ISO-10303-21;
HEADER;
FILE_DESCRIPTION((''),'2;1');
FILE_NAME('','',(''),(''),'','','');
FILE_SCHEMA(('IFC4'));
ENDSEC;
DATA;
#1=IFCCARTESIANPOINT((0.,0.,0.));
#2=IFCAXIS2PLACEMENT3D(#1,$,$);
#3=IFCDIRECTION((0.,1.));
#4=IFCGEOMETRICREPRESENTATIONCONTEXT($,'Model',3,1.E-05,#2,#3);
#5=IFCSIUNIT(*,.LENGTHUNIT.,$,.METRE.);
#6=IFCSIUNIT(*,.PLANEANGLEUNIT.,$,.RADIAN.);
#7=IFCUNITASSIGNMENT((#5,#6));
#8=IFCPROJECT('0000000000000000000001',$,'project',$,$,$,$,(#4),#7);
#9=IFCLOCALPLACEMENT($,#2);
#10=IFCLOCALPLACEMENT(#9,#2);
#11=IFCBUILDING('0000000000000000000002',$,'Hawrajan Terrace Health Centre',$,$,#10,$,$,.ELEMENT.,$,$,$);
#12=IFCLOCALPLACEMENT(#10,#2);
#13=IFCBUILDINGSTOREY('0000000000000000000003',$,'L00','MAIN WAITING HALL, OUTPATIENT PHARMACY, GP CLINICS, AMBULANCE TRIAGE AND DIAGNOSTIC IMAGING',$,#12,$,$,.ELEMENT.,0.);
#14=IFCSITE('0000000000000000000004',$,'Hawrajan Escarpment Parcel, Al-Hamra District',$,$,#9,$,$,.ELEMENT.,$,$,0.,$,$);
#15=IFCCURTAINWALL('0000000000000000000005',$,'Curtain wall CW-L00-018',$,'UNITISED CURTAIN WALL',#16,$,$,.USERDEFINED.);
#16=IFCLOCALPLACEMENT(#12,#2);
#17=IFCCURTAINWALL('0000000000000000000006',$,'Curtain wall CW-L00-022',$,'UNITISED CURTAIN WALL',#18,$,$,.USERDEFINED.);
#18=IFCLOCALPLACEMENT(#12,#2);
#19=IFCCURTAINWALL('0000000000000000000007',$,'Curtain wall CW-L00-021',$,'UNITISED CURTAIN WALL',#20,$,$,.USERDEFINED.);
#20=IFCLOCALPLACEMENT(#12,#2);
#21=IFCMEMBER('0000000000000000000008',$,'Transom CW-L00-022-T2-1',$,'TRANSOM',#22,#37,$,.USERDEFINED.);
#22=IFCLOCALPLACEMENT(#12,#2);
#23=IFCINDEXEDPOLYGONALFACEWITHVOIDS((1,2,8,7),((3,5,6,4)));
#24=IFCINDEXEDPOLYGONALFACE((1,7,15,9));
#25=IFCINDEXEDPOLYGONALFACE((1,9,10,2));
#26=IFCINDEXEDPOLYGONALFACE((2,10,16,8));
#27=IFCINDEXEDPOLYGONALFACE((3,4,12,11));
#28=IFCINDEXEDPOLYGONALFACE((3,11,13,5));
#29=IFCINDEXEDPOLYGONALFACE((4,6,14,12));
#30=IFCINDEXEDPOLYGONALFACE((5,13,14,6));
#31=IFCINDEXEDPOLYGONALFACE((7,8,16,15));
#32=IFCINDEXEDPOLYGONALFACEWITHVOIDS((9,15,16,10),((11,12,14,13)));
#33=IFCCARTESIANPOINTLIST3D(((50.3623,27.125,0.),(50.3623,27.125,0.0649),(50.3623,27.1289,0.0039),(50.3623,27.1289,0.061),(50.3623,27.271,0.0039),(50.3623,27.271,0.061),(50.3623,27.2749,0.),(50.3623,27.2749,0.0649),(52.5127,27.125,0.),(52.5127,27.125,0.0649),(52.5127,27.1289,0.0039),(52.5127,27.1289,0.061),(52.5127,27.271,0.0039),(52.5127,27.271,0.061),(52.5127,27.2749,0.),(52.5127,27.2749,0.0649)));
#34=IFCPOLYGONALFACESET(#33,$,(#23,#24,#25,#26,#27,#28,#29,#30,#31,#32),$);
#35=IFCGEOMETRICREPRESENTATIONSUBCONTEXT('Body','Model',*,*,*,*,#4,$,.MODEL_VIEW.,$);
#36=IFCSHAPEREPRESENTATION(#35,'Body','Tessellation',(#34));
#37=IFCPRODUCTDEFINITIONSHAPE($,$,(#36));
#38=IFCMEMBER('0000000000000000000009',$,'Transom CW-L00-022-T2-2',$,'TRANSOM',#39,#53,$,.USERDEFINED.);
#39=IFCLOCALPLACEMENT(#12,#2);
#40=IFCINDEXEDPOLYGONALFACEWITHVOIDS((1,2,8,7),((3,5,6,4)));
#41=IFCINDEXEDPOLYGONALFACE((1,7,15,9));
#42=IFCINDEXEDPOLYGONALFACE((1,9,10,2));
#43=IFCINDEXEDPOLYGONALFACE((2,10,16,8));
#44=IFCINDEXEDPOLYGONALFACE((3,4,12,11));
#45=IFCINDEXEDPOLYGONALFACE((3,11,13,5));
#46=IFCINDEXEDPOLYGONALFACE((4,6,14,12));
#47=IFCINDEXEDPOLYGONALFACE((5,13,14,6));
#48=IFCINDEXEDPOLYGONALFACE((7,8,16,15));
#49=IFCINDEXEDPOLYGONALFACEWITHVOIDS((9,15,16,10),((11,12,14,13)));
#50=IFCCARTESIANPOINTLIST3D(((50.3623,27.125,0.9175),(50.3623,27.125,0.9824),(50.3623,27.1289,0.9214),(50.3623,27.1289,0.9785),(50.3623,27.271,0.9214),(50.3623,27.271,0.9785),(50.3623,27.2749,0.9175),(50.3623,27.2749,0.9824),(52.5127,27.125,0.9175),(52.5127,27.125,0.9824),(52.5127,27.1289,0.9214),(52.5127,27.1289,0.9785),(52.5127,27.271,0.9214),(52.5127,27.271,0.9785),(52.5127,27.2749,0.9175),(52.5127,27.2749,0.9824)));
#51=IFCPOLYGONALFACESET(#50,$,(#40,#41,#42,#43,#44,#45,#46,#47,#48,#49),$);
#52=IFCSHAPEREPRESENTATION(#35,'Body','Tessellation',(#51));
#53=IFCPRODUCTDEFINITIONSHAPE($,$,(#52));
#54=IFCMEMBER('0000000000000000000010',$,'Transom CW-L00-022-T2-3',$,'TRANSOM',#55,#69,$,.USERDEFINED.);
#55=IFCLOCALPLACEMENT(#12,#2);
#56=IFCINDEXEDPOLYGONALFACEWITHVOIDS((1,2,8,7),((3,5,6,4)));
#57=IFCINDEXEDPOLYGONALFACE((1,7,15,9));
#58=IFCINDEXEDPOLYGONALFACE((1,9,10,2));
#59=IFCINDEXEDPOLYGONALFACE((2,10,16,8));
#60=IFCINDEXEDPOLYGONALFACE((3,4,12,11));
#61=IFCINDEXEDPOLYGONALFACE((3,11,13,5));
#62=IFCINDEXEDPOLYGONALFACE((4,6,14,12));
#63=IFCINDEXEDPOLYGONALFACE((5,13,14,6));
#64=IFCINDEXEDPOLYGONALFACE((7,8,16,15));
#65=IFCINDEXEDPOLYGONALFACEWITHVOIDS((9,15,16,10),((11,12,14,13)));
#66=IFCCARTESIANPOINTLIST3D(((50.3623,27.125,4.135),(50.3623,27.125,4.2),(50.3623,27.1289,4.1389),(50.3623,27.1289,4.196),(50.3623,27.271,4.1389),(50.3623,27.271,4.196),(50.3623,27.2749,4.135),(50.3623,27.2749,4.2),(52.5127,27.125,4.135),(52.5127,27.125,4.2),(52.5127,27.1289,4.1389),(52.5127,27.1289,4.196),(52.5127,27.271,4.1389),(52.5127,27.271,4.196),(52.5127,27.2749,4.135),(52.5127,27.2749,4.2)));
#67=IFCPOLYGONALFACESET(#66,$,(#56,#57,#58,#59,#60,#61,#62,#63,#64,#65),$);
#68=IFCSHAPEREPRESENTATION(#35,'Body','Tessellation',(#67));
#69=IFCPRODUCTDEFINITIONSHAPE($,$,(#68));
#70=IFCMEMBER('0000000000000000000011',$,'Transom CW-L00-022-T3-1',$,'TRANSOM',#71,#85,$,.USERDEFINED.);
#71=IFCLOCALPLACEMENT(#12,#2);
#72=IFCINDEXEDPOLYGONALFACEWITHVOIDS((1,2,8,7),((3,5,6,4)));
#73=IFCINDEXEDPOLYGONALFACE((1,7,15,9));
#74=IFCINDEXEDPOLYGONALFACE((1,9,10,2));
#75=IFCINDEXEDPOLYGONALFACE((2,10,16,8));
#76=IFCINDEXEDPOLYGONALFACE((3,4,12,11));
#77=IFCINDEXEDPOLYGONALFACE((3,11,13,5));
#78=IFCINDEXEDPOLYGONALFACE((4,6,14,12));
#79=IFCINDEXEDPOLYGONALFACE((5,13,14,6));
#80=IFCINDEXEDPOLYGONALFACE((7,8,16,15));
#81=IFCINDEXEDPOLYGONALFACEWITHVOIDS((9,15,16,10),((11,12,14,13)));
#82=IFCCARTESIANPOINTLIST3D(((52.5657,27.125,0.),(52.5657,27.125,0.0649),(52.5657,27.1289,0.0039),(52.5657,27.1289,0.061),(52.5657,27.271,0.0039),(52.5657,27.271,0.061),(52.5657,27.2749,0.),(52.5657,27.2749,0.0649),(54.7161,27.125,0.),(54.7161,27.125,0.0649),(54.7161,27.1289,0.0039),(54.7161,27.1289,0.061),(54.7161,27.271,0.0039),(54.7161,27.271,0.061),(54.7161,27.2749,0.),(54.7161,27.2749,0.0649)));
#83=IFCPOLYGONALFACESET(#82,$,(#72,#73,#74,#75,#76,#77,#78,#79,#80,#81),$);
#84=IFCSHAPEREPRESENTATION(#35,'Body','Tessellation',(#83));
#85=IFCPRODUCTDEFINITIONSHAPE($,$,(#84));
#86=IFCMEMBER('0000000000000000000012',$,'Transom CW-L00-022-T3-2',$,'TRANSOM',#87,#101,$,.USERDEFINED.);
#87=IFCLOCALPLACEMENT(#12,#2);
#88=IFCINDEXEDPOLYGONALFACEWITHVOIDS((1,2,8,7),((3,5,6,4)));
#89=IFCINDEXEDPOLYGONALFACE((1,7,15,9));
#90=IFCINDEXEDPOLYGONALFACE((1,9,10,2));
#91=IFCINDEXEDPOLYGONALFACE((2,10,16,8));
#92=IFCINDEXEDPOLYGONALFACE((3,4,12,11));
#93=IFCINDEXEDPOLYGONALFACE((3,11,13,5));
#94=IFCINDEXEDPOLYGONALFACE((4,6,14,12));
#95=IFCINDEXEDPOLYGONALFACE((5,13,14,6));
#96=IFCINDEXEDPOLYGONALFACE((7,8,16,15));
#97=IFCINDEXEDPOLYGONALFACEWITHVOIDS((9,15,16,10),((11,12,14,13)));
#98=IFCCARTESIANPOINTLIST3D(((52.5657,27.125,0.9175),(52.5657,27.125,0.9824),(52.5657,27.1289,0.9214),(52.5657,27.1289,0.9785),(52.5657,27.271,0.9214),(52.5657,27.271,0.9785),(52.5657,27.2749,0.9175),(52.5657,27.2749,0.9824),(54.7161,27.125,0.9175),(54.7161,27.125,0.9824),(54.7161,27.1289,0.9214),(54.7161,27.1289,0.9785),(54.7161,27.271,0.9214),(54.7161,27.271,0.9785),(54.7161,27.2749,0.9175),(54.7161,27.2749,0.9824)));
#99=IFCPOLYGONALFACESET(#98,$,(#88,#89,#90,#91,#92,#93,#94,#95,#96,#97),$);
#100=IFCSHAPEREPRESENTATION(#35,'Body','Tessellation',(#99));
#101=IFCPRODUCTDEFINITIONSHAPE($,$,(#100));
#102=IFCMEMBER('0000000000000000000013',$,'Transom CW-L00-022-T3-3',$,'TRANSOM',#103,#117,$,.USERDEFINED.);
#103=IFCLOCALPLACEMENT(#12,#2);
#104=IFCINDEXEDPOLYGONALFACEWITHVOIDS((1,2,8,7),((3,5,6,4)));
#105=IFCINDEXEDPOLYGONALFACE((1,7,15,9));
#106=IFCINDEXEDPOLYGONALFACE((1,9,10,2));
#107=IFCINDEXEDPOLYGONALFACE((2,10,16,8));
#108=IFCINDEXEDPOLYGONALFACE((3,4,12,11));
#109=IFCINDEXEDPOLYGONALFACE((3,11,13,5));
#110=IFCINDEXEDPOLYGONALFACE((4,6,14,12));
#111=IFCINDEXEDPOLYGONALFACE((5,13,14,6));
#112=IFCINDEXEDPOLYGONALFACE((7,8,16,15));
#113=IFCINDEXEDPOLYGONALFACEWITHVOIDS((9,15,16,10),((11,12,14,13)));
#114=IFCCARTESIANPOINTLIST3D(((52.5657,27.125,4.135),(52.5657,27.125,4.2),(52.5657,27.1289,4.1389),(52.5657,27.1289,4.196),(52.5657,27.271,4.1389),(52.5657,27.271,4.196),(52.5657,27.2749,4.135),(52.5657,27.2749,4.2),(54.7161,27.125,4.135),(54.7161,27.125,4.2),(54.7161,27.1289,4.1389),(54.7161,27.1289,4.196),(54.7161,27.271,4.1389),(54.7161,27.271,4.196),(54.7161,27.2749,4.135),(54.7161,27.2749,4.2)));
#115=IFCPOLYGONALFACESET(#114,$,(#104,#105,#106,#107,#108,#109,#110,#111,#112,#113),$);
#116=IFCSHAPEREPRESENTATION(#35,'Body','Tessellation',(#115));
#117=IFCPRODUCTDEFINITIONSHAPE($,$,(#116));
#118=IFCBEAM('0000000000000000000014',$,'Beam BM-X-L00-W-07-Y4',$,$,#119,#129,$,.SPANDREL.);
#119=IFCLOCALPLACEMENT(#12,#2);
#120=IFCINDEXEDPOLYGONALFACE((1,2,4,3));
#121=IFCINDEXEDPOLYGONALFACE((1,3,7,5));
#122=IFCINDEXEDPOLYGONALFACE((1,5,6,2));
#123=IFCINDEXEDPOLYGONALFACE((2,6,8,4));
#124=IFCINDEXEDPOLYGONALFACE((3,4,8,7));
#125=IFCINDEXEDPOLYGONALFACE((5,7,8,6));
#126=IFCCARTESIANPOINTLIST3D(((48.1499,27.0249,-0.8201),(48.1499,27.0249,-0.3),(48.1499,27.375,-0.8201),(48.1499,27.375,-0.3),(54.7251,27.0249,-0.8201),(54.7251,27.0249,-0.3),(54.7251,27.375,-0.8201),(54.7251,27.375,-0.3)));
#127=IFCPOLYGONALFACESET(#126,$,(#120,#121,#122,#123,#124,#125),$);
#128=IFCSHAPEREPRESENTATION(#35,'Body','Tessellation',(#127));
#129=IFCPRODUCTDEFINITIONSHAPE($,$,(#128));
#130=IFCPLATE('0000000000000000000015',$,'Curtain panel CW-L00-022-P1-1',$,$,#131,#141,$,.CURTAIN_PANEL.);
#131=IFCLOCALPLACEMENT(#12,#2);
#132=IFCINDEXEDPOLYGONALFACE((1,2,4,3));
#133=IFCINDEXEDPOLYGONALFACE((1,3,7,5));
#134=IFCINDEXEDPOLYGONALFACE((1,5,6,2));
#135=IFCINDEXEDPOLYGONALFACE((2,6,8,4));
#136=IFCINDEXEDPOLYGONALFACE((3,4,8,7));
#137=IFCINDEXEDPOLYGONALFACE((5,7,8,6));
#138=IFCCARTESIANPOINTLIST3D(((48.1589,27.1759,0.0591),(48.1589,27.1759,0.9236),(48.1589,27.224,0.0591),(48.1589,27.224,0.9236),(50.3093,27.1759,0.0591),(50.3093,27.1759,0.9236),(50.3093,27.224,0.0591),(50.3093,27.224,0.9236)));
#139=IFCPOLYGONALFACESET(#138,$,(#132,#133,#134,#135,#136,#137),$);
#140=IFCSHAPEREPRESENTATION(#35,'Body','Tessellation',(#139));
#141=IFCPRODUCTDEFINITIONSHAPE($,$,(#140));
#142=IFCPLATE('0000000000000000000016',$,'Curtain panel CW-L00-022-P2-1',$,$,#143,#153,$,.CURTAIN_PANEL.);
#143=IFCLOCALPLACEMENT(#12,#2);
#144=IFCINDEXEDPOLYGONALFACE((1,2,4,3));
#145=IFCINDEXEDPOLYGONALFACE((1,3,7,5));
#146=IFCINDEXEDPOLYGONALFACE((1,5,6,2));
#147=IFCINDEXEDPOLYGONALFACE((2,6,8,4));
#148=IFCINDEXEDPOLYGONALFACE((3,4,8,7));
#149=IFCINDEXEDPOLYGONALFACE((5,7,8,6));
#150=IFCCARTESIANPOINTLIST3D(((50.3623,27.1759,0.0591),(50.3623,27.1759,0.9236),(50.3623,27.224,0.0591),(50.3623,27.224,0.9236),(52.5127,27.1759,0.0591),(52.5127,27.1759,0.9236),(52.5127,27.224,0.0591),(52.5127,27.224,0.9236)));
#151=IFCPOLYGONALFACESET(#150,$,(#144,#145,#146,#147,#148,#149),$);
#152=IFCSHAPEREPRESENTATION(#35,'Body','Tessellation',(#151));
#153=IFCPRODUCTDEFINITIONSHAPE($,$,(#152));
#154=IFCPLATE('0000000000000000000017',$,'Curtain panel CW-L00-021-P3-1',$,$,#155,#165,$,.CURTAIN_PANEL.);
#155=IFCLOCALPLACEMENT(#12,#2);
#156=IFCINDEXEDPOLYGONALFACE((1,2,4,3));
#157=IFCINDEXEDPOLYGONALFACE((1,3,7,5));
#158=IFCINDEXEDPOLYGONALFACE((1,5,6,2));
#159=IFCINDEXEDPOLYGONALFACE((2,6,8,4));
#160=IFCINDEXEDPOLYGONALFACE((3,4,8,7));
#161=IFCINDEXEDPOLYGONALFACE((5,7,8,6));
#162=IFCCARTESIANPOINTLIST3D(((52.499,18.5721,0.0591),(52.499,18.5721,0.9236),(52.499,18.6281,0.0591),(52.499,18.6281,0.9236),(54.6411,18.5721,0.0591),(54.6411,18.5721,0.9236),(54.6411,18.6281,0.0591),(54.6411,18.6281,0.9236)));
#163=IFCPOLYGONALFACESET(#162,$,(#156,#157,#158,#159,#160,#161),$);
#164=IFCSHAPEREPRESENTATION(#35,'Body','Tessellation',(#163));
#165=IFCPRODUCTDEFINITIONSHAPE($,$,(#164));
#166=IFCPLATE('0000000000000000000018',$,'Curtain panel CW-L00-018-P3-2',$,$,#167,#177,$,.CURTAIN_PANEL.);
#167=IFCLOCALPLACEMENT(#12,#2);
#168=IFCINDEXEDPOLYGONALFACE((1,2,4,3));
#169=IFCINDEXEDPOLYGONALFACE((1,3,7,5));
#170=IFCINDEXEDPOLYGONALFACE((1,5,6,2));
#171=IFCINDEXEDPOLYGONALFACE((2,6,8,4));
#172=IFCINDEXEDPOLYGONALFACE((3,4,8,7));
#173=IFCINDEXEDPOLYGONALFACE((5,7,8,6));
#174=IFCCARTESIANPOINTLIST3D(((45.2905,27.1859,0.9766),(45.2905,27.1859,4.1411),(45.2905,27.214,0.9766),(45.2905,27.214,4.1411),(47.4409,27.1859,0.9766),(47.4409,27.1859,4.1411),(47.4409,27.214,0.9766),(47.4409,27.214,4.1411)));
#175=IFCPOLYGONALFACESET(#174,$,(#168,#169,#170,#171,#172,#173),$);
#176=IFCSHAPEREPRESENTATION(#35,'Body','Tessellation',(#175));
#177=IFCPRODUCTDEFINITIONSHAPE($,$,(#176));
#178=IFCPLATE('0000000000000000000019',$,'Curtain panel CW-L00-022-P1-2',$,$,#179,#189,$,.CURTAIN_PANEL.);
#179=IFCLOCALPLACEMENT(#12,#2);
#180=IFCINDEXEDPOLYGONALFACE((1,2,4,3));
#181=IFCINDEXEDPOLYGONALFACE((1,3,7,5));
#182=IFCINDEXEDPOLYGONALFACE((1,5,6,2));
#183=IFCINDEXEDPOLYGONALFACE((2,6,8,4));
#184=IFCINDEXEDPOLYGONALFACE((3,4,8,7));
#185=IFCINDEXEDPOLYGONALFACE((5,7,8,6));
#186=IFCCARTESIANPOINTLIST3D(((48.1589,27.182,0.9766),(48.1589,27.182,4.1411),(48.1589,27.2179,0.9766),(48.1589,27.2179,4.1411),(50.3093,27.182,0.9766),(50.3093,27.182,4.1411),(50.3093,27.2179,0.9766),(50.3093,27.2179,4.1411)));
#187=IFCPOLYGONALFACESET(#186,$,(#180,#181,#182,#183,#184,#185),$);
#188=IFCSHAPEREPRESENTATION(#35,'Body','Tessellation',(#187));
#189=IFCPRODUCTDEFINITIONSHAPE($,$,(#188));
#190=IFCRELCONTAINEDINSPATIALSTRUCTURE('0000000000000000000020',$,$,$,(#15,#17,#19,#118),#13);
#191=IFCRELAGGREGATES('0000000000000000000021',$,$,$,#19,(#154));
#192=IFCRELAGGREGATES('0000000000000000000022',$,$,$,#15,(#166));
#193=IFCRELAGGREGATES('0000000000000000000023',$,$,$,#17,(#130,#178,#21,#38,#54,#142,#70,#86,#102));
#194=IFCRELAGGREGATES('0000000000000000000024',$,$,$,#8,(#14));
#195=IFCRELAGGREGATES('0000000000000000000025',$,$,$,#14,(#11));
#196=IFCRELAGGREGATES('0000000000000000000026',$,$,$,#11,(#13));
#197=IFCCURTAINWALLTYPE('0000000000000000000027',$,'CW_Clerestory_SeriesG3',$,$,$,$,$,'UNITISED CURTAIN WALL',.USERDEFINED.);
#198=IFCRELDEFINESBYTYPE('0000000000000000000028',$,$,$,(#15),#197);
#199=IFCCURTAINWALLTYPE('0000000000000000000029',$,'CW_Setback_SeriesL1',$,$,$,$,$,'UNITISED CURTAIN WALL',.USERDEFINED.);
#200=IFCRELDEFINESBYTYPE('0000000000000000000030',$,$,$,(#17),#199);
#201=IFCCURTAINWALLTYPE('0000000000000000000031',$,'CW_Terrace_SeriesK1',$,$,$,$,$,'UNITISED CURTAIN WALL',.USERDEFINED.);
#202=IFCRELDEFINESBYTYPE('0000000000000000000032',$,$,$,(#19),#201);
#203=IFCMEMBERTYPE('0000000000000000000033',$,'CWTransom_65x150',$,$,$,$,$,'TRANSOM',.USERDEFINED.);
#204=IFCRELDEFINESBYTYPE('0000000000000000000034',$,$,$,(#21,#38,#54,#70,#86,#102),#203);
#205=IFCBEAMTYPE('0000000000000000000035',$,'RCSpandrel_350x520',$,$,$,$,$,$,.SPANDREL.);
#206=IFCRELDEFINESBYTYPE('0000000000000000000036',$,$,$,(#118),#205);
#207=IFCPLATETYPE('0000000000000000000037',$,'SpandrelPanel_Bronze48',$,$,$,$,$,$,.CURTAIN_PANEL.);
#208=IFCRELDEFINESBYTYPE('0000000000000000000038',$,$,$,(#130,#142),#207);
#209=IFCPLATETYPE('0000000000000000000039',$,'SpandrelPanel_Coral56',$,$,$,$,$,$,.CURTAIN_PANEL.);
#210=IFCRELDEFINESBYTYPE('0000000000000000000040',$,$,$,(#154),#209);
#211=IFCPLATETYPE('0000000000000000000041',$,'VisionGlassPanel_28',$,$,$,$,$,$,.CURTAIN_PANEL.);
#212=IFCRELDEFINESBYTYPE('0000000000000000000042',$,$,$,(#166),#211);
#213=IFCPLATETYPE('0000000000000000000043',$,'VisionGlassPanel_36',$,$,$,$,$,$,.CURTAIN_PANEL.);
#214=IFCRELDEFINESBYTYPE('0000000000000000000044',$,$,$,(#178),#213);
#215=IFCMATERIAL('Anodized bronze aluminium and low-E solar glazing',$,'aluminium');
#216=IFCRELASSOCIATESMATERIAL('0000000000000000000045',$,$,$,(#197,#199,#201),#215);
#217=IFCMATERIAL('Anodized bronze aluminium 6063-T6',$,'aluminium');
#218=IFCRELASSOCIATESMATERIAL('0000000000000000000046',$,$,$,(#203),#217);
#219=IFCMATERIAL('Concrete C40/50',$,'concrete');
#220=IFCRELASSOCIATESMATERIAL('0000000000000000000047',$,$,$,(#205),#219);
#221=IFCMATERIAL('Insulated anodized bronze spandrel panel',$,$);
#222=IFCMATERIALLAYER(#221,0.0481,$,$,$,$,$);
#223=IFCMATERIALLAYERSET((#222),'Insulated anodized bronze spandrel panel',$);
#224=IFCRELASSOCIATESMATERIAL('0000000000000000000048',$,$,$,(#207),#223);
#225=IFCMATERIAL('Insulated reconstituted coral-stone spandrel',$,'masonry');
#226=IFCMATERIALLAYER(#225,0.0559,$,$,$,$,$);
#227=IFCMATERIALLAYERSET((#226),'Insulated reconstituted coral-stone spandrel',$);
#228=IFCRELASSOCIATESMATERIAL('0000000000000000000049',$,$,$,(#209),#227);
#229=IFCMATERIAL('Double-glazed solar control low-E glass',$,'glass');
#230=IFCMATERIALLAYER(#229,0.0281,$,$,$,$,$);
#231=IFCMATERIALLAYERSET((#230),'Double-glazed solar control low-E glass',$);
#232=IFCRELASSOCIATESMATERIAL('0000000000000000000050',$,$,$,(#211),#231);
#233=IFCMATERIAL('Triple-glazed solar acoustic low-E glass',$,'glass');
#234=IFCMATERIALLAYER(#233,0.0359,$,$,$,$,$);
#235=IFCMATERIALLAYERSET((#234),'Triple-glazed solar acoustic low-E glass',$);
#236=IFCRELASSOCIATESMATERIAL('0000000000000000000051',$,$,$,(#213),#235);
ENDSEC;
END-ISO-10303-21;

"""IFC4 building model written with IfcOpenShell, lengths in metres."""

from ifc_helpers import new_model, si_unit, direction, frame, origin, origin_2d, place, context, subcontext, project, spatial, rectangle, hollow_rectangle, extrude, material, layer, layer_set, material_profile, profile_set, type_object, element, aggregate, save


model = new_model("IFC4")

# Units and contexts
model_context = context("Model", 3, precision=1e-05, world=origin(), true_north=direction((0.0, 1.0)))
body_context = subcontext(model_context, "Body", "Model", "MODEL_VIEW")
ifc_project = project(units=[si_unit("LENGTHUNIT", "METRE"), si_unit("PLANEANGLEUNIT", "RADIAN")], contexts=[model_context])

# Site, building, storey
site_placement = place(None, origin())
site = spatial("IfcSite", under=ifc_project, at=site_placement, Name="Hawrajan Escarpment Parcel, Al-Hamra District", CompositionType="ELEMENT", RefElevation=0.0)
building_placement = place(site_placement, origin())
building = spatial("IfcBuilding", under=site, at=building_placement, Name="Hawrajan Terrace Health Centre", CompositionType="ELEMENT")
storey_placement = place(building_placement, origin())
storey = spatial("IfcBuildingStorey", under=building, at=storey_placement, Name="L00", Description="MAIN WAITING HALL, OUTPATIENT PHARMACY, GP CLINICS, AMBULANCE TRIAGE AND DIAGNOSTIC IMAGING", CompositionType="ELEMENT", Elevation=0.0)

# Shared definitions
ifc_material_1 = material(Name="Concrete C40/50", Category="concrete")

# Curtain wall
ifc_material_2 = material(Name="Anodized bronze aluminium and low-E solar glazing", Category="aluminium")
curtain_wall_type_1 = type_object("IfcCurtainWallType", Name="CW_Clerestory_SeriesG3", ElementType="UNITISED CURTAIN WALL", PredefinedType="USERDEFINED", material=ifc_material_2)
curtain_wall_1_placement = place(storey_placement, origin())
curtain_wall_1 = element("IfcCurtainWall", 1, at=curtain_wall_1_placement, inside=storey, type_object=curtain_wall_type_1, Name="Curtain wall CW-L00-018", ObjectType="UNITISED CURTAIN WALL", PredefinedType="USERDEFINED")
ifc_material_3 = material(Name="Anodized bronze aluminium 6063-T6", Category="aluminium")

# Curtain walls
curtain_wall_type_2 = type_object("IfcCurtainWallType", Name="CW_Setback_SeriesL1", ElementType="UNITISED CURTAIN WALL", PredefinedType="USERDEFINED", material=ifc_material_2)
curtain_wall_2_placement = place(storey_placement, origin())
curtain_wall_2 = element("IfcCurtainWall", 2, at=curtain_wall_2_placement, inside=storey, type_object=curtain_wall_type_2, Name="Curtain wall CW-L00-022", ObjectType="UNITISED CURTAIN WALL", PredefinedType="USERDEFINED")
curtain_wall_type_3 = type_object("IfcCurtainWallType", Name="CW_Terrace_SeriesK1", ElementType="UNITISED CURTAIN WALL", PredefinedType="USERDEFINED", material=ifc_material_2)
curtain_wall_3_placement = place(storey_placement, origin())
curtain_wall_3 = element("IfcCurtainWall", 3, at=curtain_wall_3_placement, inside=storey, type_object=curtain_wall_type_3, Name="Curtain wall CW-L00-021", ObjectType="UNITISED CURTAIN WALL", PredefinedType="USERDEFINED")

# Members
ifc_material_profile_1 = material_profile(ifc_material_3, hollow_rectangle(XDim=0.0649, YDim=0.1499, WallThickness=0.0039, at=origin_2d()), Name="CW TRN 65x150")
ifc_profile_set_1 = profile_set([ifc_material_profile_1], Name="Anodized bronze aluminium 6063-T6")
member_type_1 = type_object("IfcMemberType", Name="CWTransom_65x150", ElementType="TRANSOM", PredefinedType="USERDEFINED", material=ifc_profile_set_1)
member_1_placement = place(storey_placement, frame((50.3623, 27.2, 0.0325), z_axis=(1.0, 0.0, 0.0), x_axis=(0.0, 0.0, 1.0)))
member_1 = element("IfcMember", 4, at=member_1_placement, type_object=member_type_1, Name="Transom CW-L00-022-T2-1", ObjectType="TRANSOM", PredefinedType="USERDEFINED", context=body_context, shape_type="SweptSolid", body=[
    extrude(hollow_rectangle(XDim=0.0649, YDim=0.1499, WallThickness=0.0039, at=origin_2d()), origin(), (0.0, 0.0, 1.0), 2.1504),
])
member_2_placement = place(storey_placement, frame((50.3623, 27.2, 0.95), z_axis=(1.0, 0.0, 0.0), x_axis=(0.0, 0.0, 1.0)))
member_2 = element("IfcMember", 5, at=member_2_placement, type_object=member_type_1, Name="Transom CW-L00-022-T2-2", ObjectType="TRANSOM", PredefinedType="USERDEFINED", context=body_context, shape_type="SweptSolid", body=[
    extrude(hollow_rectangle(XDim=0.0649, YDim=0.1499, WallThickness=0.0039, at=origin_2d()), origin(), (0.0, 0.0, 1.0), 2.1504),
])
member_3_placement = place(storey_placement, frame((50.3623, 27.2, 4.1675), z_axis=(1.0, 0.0, 0.0), x_axis=(0.0, 0.0, 1.0)))
member_3 = element("IfcMember", 6, at=member_3_placement, type_object=member_type_1, Name="Transom CW-L00-022-T2-3", ObjectType="TRANSOM", PredefinedType="USERDEFINED", context=body_context, shape_type="SweptSolid", body=[
    extrude(hollow_rectangle(XDim=0.0649, YDim=0.1499, WallThickness=0.0039, at=origin_2d()), origin(), (0.0, 0.0, 1.0), 2.1504),
])
member_4_placement = place(storey_placement, frame((52.5657, 27.2, 0.0325), z_axis=(1.0, 0.0, 0.0), x_axis=(0.0, 0.0, 1.0)))
member_4 = element("IfcMember", 7, at=member_4_placement, type_object=member_type_1, Name="Transom CW-L00-022-T3-1", ObjectType="TRANSOM", PredefinedType="USERDEFINED", context=body_context, shape_type="SweptSolid", body=[
    extrude(hollow_rectangle(XDim=0.0649, YDim=0.1499, WallThickness=0.0039, at=origin_2d()), origin(), (0.0, 0.0, 1.0), 2.1504),
])
member_5_placement = place(storey_placement, frame((52.5657, 27.2, 0.95), z_axis=(1.0, 0.0, 0.0), x_axis=(0.0, 0.0, 1.0)))
member_5 = element("IfcMember", 8, at=member_5_placement, type_object=member_type_1, Name="Transom CW-L00-022-T3-2", ObjectType="TRANSOM", PredefinedType="USERDEFINED", context=body_context, shape_type="SweptSolid", body=[
    extrude(hollow_rectangle(XDim=0.0649, YDim=0.1499, WallThickness=0.0039, at=origin_2d()), origin(), (0.0, 0.0, 1.0), 2.1504),
])
member_6_placement = place(storey_placement, frame((52.5657, 27.2, 4.1675), z_axis=(1.0, 0.0, 0.0), x_axis=(0.0, 0.0, 1.0)))
member_6 = element("IfcMember", 9, at=member_6_placement, type_object=member_type_1, Name="Transom CW-L00-022-T3-3", ObjectType="TRANSOM", PredefinedType="USERDEFINED", context=body_context, shape_type="SweptSolid", body=[
    extrude(hollow_rectangle(XDim=0.0649, YDim=0.1499, WallThickness=0.0039, at=origin_2d()), origin(), (0.0, 0.0, 1.0), 2.1504),
])

# Beam
ifc_material_profile_2 = material_profile(ifc_material_1, rectangle(XDim=0.3501, YDim=0.52, at=origin_2d()), Name="RC SP 350x520")
ifc_profile_set_2 = profile_set([ifc_material_profile_2], Name="Concrete C40/50")
beam_type = type_object("IfcBeamType", Name="RCSpandrel_350x520", PredefinedType="SPANDREL", material=ifc_profile_set_2)
beam_placement = place(storey_placement, frame((48.1499, 27.2, -0.5601), z_axis=(1.0, 0.0, 0.0), x_axis=(0.0, 1.0, 0.0)))
element("IfcBeam", 10, at=beam_placement, inside=storey, type_object=beam_type, Name="Beam BM-X-L00-W-07-Y4", PredefinedType="SPANDREL", context=body_context, shape_type="SweptSolid", body=[
    extrude(rectangle(XDim=0.3501, YDim=0.52, at=origin_2d()), origin(), (0.0, 0.0, 1.0), 6.5752),
])

# Plates
ifc_material_4 = material(Name="Insulated anodized bronze spandrel panel")
ifc_layer_1 = layer(ifc_material_4, 0.0481)
ifc_layer_set_1 = layer_set([ifc_layer_1], Name="Insulated anodized bronze spandrel panel")
plate_type_1 = type_object("IfcPlateType", Name="SpandrelPanel_Bronze48", PredefinedType="CURTAIN_PANEL", material=ifc_layer_set_1)
plate_1_placement = place(storey_placement, frame((49.2341, 27.2, 0.0591), z_axis=(0.0, 0.0, 1.0), x_axis=(1.0, 0.0, 0.0)))
plate_1 = element("IfcPlate", 11, at=plate_1_placement, type_object=plate_type_1, Name="Curtain panel CW-L00-022-P1-1", PredefinedType="CURTAIN_PANEL", context=body_context, shape_type="SweptSolid", body=[
    extrude(rectangle(XDim=2.1504, YDim=0.0481, at=origin_2d()), origin(), (0.0, 0.0, 1.0), 0.8645),
])
plate_2_placement = place(storey_placement, frame((51.4375, 27.2, 0.0591), z_axis=(0.0, 0.0, 1.0), x_axis=(1.0, 0.0, 0.0)))
plate_2 = element("IfcPlate", 12, at=plate_2_placement, type_object=plate_type_1, Name="Curtain panel CW-L00-022-P2-1", PredefinedType="CURTAIN_PANEL", context=body_context, shape_type="SweptSolid", body=[
    extrude(rectangle(XDim=2.1504, YDim=0.0481, at=origin_2d()), origin(), (0.0, 0.0, 1.0), 0.8645),
])
ifc_material_5 = material(Name="Insulated reconstituted coral-stone spandrel", Category="masonry")
ifc_layer_2 = layer(ifc_material_5, 0.0559)
ifc_layer_set_2 = layer_set([ifc_layer_2], Name="Insulated reconstituted coral-stone spandrel")
plate_type_2 = type_object("IfcPlateType", Name="SpandrelPanel_Coral56", PredefinedType="CURTAIN_PANEL", material=ifc_layer_set_2)
plate_3_placement = place(storey_placement, frame((53.5701, 18.6001, 0.0591), z_axis=(0.0, 0.0, 1.0), x_axis=(1.0, 0.0, 0.0)))
plate_3 = element("IfcPlate", 13, at=plate_3_placement, type_object=plate_type_2, Name="Curtain panel CW-L00-021-P3-1", PredefinedType="CURTAIN_PANEL", context=body_context, shape_type="SweptSolid", body=[
    extrude(rectangle(XDim=2.1421, YDim=0.0559, at=origin_2d()), origin(), (0.0, 0.0, 1.0), 0.8645),
])
aggregate(curtain_wall_3, [plate_3])
ifc_material_6 = material(Name="Double-glazed solar control low-E glass", Category="glass")
ifc_layer_3 = layer(ifc_material_6, 0.0281)
ifc_layer_set_3 = layer_set([ifc_layer_3], Name="Double-glazed solar control low-E glass")
plate_type_3 = type_object("IfcPlateType", Name="VisionGlassPanel_28", PredefinedType="CURTAIN_PANEL", material=ifc_layer_set_3)
plate_4_placement = place(storey_placement, frame((46.3657, 27.2, 0.9766), z_axis=(0.0, 0.0, 1.0), x_axis=(1.0, 0.0, 0.0)))
plate_4 = element("IfcPlate", 14, at=plate_4_placement, type_object=plate_type_3, Name="Curtain panel CW-L00-018-P3-2", PredefinedType="CURTAIN_PANEL", context=body_context, shape_type="SweptSolid", body=[
    extrude(rectangle(XDim=2.1504, YDim=0.0281, at=origin_2d()), origin(), (0.0, 0.0, 1.0), 3.1646),
])
aggregate(curtain_wall_1, [plate_4])
ifc_material_7 = material(Name="Triple-glazed solar acoustic low-E glass", Category="glass")
ifc_layer_4 = layer(ifc_material_7, 0.0359)
ifc_layer_set_4 = layer_set([ifc_layer_4], Name="Triple-glazed solar acoustic low-E glass")
plate_type_4 = type_object("IfcPlateType", Name="VisionGlassPanel_36", PredefinedType="CURTAIN_PANEL", material=ifc_layer_set_4)
plate_5_placement = place(storey_placement, frame((49.2341, 27.2, 0.9766), z_axis=(0.0, 0.0, 1.0), x_axis=(1.0, 0.0, 0.0)))
plate_5 = element("IfcPlate", 15, at=plate_5_placement, type_object=plate_type_4, Name="Curtain panel CW-L00-022-P1-2", PredefinedType="CURTAIN_PANEL", context=body_context, shape_type="SweptSolid", body=[
    extrude(rectangle(XDim=2.1504, YDim=0.0359, at=origin_2d()), origin(), (0.0, 0.0, 1.0), 3.1646),
])
aggregate(curtain_wall_2, [plate_1, plate_5, member_1, member_2, member_3, plate_2, member_4, member_5, member_6])

save(model, "model.ifc")
